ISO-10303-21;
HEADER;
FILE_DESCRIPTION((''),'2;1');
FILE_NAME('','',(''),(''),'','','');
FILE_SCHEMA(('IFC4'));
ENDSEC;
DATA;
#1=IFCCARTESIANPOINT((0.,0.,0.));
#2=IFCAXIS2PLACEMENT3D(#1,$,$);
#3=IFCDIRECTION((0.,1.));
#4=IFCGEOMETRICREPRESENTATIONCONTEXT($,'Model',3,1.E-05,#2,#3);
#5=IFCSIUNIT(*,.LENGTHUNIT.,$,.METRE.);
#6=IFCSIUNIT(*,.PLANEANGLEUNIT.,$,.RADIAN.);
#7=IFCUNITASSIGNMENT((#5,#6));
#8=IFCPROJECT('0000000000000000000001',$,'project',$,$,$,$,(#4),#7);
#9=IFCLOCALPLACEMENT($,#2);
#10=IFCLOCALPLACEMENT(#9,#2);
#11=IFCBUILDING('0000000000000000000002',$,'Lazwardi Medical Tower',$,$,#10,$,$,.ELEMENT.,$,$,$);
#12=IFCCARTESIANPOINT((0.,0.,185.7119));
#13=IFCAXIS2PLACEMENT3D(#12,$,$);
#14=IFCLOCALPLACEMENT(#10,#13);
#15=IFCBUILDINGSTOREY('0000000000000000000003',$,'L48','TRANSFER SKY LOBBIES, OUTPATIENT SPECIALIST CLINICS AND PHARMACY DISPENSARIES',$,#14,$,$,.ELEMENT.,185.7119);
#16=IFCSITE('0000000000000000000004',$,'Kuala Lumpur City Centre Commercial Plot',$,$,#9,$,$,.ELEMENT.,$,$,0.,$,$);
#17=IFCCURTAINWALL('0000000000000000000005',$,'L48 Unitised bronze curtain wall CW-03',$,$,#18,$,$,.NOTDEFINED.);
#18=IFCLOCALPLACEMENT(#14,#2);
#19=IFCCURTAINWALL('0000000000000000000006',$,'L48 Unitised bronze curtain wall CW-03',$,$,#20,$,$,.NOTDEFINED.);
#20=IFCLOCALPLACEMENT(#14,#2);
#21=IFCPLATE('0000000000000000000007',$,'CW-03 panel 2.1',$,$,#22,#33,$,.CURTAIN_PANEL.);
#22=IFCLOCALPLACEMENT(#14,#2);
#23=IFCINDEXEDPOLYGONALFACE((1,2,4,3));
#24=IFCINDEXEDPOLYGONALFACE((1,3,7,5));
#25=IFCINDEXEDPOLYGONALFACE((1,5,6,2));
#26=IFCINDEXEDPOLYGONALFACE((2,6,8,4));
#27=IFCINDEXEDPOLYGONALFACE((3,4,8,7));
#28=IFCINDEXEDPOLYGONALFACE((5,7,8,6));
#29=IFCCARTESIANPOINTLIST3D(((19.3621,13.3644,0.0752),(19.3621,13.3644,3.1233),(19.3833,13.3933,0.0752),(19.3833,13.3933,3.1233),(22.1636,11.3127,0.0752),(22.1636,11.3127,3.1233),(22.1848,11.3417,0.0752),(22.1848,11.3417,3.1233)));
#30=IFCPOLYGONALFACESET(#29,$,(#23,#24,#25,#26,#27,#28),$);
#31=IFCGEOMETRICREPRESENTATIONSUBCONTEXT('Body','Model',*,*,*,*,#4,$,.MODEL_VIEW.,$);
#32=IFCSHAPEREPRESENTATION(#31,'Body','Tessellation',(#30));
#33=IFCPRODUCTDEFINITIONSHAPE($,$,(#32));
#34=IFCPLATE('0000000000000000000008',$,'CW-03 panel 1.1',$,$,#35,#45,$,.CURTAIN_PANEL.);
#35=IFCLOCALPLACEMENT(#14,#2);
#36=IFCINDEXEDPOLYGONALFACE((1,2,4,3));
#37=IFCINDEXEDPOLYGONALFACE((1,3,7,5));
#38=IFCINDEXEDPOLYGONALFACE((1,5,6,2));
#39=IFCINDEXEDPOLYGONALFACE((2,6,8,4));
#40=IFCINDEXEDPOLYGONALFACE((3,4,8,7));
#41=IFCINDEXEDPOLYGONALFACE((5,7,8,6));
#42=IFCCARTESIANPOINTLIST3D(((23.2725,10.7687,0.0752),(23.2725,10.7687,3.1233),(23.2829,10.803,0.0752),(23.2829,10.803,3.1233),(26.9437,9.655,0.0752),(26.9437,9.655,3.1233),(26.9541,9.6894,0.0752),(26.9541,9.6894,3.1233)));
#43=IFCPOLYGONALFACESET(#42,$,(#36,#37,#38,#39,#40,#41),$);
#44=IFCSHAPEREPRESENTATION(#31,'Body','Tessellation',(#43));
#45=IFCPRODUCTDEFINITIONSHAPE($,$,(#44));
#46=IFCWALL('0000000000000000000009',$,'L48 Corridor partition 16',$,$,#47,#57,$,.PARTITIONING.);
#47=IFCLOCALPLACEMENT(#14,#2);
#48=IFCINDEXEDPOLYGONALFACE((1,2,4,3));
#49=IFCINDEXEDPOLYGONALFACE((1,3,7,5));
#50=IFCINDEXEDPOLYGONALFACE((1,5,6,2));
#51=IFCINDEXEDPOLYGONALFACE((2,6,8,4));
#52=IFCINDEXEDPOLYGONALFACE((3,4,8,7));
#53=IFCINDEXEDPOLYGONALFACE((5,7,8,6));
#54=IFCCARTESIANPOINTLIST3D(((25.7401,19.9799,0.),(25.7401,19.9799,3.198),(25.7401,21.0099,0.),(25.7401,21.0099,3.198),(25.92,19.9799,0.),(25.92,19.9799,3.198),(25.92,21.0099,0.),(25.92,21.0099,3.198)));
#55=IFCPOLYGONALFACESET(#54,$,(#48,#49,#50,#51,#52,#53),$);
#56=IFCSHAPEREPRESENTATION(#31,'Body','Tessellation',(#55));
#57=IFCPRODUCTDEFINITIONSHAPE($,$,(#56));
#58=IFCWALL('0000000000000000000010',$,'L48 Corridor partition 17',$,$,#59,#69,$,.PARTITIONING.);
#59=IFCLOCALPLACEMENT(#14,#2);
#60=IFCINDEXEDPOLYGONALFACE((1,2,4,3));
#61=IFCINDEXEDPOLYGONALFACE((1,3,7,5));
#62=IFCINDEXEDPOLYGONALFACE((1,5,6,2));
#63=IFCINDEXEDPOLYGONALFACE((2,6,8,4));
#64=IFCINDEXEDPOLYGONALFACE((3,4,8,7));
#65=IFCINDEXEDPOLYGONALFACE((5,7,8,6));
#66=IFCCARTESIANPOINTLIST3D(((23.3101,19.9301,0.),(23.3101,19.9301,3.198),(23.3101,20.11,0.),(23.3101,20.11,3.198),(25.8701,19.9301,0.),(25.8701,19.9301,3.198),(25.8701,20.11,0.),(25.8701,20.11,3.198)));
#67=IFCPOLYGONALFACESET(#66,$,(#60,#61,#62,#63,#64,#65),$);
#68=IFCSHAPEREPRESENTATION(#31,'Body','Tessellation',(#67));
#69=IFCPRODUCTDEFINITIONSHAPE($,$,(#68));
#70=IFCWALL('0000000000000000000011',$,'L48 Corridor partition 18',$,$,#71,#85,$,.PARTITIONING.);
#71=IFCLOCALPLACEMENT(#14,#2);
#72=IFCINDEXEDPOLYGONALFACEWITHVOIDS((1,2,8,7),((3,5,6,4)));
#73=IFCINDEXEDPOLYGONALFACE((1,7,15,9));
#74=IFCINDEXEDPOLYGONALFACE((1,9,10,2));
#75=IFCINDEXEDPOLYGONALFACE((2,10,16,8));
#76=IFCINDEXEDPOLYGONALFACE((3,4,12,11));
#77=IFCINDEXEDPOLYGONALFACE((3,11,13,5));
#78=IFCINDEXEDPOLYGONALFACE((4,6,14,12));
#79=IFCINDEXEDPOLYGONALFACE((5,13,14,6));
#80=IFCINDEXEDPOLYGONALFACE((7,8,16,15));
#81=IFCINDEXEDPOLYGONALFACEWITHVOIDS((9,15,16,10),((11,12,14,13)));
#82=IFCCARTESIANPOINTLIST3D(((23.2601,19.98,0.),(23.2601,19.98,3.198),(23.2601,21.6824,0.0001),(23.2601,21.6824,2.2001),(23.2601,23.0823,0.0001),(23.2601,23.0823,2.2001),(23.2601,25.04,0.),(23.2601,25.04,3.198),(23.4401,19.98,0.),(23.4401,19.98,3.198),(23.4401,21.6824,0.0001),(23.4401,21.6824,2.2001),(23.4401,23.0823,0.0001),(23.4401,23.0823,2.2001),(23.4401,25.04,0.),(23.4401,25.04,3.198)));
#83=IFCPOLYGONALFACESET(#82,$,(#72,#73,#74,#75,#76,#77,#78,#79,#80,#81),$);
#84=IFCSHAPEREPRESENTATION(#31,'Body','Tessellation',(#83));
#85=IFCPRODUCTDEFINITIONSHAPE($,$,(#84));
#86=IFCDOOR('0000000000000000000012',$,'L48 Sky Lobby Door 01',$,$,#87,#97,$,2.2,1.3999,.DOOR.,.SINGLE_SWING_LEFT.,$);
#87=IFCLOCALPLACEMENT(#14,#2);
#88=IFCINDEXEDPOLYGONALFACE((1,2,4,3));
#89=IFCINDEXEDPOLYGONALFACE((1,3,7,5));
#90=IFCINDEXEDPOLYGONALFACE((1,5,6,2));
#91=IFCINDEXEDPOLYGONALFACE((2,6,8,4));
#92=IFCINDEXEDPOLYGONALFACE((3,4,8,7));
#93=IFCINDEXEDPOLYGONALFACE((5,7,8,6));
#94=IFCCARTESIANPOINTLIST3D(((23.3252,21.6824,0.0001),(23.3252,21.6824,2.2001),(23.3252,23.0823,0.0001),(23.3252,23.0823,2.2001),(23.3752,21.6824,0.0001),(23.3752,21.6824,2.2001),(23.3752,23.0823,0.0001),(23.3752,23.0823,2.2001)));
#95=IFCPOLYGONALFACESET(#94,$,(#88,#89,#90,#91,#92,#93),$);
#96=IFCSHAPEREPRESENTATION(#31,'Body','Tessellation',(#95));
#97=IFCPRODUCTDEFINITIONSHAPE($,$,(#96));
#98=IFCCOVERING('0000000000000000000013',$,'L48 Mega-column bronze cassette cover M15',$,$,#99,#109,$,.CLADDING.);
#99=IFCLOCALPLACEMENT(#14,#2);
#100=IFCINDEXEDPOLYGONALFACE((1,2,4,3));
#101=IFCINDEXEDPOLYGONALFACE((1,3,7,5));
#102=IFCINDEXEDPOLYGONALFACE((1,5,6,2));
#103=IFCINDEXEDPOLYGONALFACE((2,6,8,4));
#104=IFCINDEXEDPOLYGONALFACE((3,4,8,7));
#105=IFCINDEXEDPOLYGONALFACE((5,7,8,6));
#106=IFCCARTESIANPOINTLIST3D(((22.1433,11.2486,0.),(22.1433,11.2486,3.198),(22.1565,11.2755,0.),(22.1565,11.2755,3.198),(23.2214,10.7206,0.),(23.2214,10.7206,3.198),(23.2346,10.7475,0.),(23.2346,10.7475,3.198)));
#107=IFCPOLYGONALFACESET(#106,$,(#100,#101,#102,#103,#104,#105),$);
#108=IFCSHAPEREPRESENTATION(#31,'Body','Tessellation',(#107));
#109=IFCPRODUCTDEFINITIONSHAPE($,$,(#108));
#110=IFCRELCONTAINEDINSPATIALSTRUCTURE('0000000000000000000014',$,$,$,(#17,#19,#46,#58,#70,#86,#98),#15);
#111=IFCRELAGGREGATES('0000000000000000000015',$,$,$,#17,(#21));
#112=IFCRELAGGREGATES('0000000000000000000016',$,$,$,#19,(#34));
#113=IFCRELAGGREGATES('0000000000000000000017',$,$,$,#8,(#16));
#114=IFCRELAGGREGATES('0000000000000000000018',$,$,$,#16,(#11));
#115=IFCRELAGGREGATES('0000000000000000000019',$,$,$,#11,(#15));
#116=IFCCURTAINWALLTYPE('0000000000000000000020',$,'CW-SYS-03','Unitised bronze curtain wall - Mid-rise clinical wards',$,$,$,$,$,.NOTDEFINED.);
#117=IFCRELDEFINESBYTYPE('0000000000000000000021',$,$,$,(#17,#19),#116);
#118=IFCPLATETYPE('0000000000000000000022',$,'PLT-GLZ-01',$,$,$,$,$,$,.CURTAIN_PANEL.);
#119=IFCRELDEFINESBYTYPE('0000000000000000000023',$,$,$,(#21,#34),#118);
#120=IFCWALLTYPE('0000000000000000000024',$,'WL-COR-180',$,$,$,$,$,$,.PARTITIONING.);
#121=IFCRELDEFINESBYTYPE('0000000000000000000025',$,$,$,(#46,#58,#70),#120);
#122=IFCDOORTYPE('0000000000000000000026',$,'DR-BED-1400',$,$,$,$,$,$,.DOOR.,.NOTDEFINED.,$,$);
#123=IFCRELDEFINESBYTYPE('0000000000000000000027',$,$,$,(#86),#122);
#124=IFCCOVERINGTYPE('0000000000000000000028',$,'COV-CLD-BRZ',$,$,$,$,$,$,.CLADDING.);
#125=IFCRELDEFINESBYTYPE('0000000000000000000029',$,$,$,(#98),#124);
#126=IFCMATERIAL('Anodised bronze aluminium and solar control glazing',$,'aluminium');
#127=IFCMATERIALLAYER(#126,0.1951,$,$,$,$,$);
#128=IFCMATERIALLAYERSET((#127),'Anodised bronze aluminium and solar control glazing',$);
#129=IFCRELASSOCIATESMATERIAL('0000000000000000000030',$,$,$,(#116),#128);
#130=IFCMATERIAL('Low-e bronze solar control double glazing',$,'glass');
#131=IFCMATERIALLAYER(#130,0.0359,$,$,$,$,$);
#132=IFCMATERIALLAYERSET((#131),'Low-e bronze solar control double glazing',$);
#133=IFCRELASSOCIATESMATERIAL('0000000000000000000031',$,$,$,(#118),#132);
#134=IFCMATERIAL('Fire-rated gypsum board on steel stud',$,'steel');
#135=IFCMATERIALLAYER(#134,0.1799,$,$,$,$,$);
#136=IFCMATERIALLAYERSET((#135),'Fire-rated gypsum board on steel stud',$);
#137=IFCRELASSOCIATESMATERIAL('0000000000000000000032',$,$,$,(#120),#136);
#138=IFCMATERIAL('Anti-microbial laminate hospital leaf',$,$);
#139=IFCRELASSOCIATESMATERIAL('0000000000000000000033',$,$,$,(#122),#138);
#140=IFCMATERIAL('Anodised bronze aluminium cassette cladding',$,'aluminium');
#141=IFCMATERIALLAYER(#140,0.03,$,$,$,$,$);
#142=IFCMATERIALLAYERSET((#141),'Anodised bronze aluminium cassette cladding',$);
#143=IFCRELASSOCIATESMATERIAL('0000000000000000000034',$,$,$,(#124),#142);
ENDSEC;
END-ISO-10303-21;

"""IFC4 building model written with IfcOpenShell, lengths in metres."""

from ifc_helpers import new_model, si_unit, direction, frame, frame_2d, origin, origin_2d, place, context, subcontext, project, spatial, rectangle, extrude, material, layer, layer_set, type_object, element, fill, aggregate, save


model = new_model("IFC4")

# Units and contexts
model_context = context("Model", 3, precision=1e-05, world=origin(), true_north=direction((0.0, 1.0)))
body_context = subcontext(model_context, "Body", "Model", "MODEL_VIEW")
ifc_project = project(units=[si_unit("LENGTHUNIT", "METRE"), si_unit("PLANEANGLEUNIT", "RADIAN")], contexts=[model_context])

# Site, building, storey
site_placement = place(None, origin())
site = spatial("IfcSite", under=ifc_project, at=site_placement, Name="Kuala Lumpur City Centre Commercial Plot", CompositionType="ELEMENT", RefElevation=0.0)
building_placement = place(site_placement, origin())
building = spatial("IfcBuilding", under=site, at=building_placement, Name="Lazwardi Medical Tower", CompositionType="ELEMENT")
storey_placement = place(building_placement, frame((0.0, 0.0, 185.7119)))
storey = spatial("IfcBuildingStorey", under=building, at=storey_placement, Name="L48", Description="TRANSFER SKY LOBBIES, OUTPATIENT SPECIALIST CLINICS AND PHARMACY DISPENSARIES", CompositionType="ELEMENT", Elevation=185.7119)

# Curtain walls
ifc_material_1 = material(Name="Anodised bronze aluminium and solar control glazing", Category="aluminium")
ifc_layer_1 = layer(ifc_material_1, 0.1951)
ifc_layer_set_1 = layer_set([ifc_layer_1], Name="Anodised bronze aluminium and solar control glazing")
curtain_wall_type = type_object("IfcCurtainWallType", Name="CW-SYS-03", Description="Unitised bronze curtain wall - Mid-rise clinical wards", PredefinedType="NOTDEFINED", material=ifc_layer_set_1)
curtain_wall_1_placement = place(storey_placement, origin())
curtain_wall_1 = element("IfcCurtainWall", 1, at=curtain_wall_1_placement, inside=storey, type_object=curtain_wall_type, Name="L48 Unitised bronze curtain wall CW-03", PredefinedType="NOTDEFINED")
curtain_wall_2_placement = place(storey_placement, origin())
curtain_wall_2 = element("IfcCurtainWall", 2, at=curtain_wall_2_placement, inside=storey, type_object=curtain_wall_type, Name="L48 Unitised bronze curtain wall CW-03", PredefinedType="NOTDEFINED")

# Plates
ifc_material_2 = material(Name="Low-e bronze solar control double glazing", Category="glass")
ifc_layer_2 = layer(ifc_material_2, 0.0359)
ifc_layer_set_2 = layer_set([ifc_layer_2], Name="Low-e bronze solar control double glazing")
plate_type = type_object("IfcPlateType", Name="PLT-GLZ-01", PredefinedType="CURTAIN_PANEL", material=ifc_layer_set_2)
plate_1_placement = place(storey_placement, frame((20.7734, 12.353, 0.0752), z_axis=(0.0, 0.0, 1.0), x_axis=(0.806793, -0.590834, 0.0)))
plate_1 = element("IfcPlate", 3, at=plate_1_placement, type_object=plate_type, Name="CW-03 panel 2.1", PredefinedType="CURTAIN_PANEL", context=body_context, shape_type="SweptSolid", body=[
    extrude(rectangle(XDim=3.4724, YDim=0.0359, at=origin_2d()), origin(), (0.0, 0.0, 1.0), 3.0481),
])
aggregate(curtain_wall_1, [plate_1])
plate_2_placement = place(storey_placement, frame((25.1133, 10.229, 0.0752), z_axis=(0.0, 0.0, 1.0), x_axis=(0.956942, -0.290281, 0.0)))
plate_2 = element("IfcPlate", 4, at=plate_2_placement, type_object=plate_type, Name="CW-03 panel 1.1", PredefinedType="CURTAIN_PANEL", context=body_context, shape_type="SweptSolid", body=[
    extrude(rectangle(XDim=3.8364, YDim=0.0359, at=origin_2d()), origin(), (0.0, 0.0, 1.0), 3.0481),
])
aggregate(curtain_wall_2, [plate_2])

# Walls
ifc_material_3 = material(Name="Fire-rated gypsum board on steel stud", Category="steel")
ifc_layer_3 = layer(ifc_material_3, 0.1799)
ifc_layer_set_3 = layer_set([ifc_layer_3], Name="Fire-rated gypsum board on steel stud")
wall_type_1 = type_object("IfcWallType", Name="WL-COR-180", PredefinedType="PARTITIONING", material=ifc_layer_set_3)
wall_1_placement = place(storey_placement, frame((25.8301, 21.01, 0.0), z_axis=(0.0, 0.0, 1.0), x_axis=(0.0, -1.0, 0.0)))
element("IfcWall", 5, at=wall_1_placement, inside=storey, type_object=wall_type_1, Name="L48 Corridor partition 16", PredefinedType="PARTITIONING", context=body_context, shape_type="SweptSolid", body=[
    extrude(rectangle(XDim=1.03, YDim=0.1799, at=frame_2d((0.5151, 0.0))), origin(), (0.0, 0.0, 1.0), 3.198),
])
wall_2_placement = place(storey_placement, frame((25.8701, 20.02, 0.0), z_axis=(0.0, 0.0, 1.0), x_axis=(-1.0, 0.0, 0.0)))
element("IfcWall", 6, at=wall_2_placement, inside=storey, type_object=wall_type_1, Name="L48 Corridor partition 17", PredefinedType="PARTITIONING", context=body_context, shape_type="SweptSolid", body=[
    extrude(rectangle(XDim=2.5601, YDim=0.1799, at=frame_2d((1.28, 0.0))), origin(), (0.0, 0.0, 1.0), 3.198),
])

# Wall, opening, door
wall_3_placement = place(storey_placement, frame((23.3501, 19.98, 0.0), z_axis=(0.0, 0.0, 1.0), x_axis=(0.0, 1.0, 0.0)))
wall_3 = element("IfcWall", 7, at=wall_3_placement, inside=storey, type_object=wall_type_1, Name="L48 Corridor partition 18", PredefinedType="PARTITIONING", context=body_context, shape_type="SweptSolid", body=[
    extrude(rectangle(XDim=5.0601, YDim=0.1799, at=frame_2d((2.53, 0.0))), origin(), (0.0, 0.0, 1.0), 3.198),
])
opening_1_placement = place(wall_3_placement, frame((1.7024, 0.0, 0.0)))
opening_1 = element("IfcOpeningElement", 8, at=opening_1_placement, cuts=wall_3, PredefinedType="OPENING", context=body_context, shape_type="SweptSolid", body=[
    extrude(rectangle(XDim=1.3999, YDim=2.2, at=frame_2d((0.7, 1.1001))), frame((0.0, 0.0999, 0.0), z_axis=(0.0, -1.0, 0.0), x_axis=(1.0, 0.0, 0.0)), (0.0, 0.0, 1.0), 0.2),
])
ifc_material_4 = material(Name="Anti-microbial laminate hospital leaf")
door_type_1 = type_object("IfcDoorType", Name="DR-BED-1400", OperationType="NOTDEFINED", PredefinedType="DOOR", material=ifc_material_4)
door_1_placement = place(opening_1_placement, origin())
door_1 = element("IfcDoor", 9, at=door_1_placement, inside=storey, type_object=door_type_1, Name="L48 Sky Lobby Door 01", OperationType="SINGLE_SWING_LEFT", OverallHeight=2.2, OverallWidth=1.3999, PredefinedType="DOOR", context=body_context, shape_type="SweptSolid", body=[
    extrude(rectangle(XDim=1.3999, YDim=2.2, at=frame_2d((0.7, 1.1001))), frame((0.0, 0.0249, 0.0), z_axis=(0.0, -1.0, 0.0), x_axis=(1.0, 0.0, 0.0)), (0.0, 0.0, 1.0), 0.05),
])
fill(opening_1, door_1)

# Covering
ifc_material_5 = material(Name="Anodised bronze aluminium cassette cladding", Category="aluminium")
ifc_layer_4 = layer(ifc_material_5, 0.03)
ifc_layer_set_4 = layer_set([ifc_layer_4], Name="Anodised bronze aluminium cassette cladding")
covering_type = type_object("IfcCoveringType", Name="COV-CLD-BRZ", PredefinedType="CLADDING", material=ifc_layer_set_4)
covering_placement = place(storey_placement, frame((22.689, 10.998, 0.0), z_axis=(0.0, 0.0, 1.0), x_axis=(0.898079, -0.439834, 0.0)))
element("IfcCovering", 10, at=covering_placement, inside=storey, type_object=covering_type, Name="L48 Mega-column bronze cassette cover M15", PredefinedType="CLADDING", context=body_context, shape_type="SweptSolid", body=[
    extrude(rectangle(XDim=1.2004, YDim=0.03, at=origin_2d()), origin(), (0.0, 0.0, 1.0), 3.198),
])

save(model, "model.ifc")
